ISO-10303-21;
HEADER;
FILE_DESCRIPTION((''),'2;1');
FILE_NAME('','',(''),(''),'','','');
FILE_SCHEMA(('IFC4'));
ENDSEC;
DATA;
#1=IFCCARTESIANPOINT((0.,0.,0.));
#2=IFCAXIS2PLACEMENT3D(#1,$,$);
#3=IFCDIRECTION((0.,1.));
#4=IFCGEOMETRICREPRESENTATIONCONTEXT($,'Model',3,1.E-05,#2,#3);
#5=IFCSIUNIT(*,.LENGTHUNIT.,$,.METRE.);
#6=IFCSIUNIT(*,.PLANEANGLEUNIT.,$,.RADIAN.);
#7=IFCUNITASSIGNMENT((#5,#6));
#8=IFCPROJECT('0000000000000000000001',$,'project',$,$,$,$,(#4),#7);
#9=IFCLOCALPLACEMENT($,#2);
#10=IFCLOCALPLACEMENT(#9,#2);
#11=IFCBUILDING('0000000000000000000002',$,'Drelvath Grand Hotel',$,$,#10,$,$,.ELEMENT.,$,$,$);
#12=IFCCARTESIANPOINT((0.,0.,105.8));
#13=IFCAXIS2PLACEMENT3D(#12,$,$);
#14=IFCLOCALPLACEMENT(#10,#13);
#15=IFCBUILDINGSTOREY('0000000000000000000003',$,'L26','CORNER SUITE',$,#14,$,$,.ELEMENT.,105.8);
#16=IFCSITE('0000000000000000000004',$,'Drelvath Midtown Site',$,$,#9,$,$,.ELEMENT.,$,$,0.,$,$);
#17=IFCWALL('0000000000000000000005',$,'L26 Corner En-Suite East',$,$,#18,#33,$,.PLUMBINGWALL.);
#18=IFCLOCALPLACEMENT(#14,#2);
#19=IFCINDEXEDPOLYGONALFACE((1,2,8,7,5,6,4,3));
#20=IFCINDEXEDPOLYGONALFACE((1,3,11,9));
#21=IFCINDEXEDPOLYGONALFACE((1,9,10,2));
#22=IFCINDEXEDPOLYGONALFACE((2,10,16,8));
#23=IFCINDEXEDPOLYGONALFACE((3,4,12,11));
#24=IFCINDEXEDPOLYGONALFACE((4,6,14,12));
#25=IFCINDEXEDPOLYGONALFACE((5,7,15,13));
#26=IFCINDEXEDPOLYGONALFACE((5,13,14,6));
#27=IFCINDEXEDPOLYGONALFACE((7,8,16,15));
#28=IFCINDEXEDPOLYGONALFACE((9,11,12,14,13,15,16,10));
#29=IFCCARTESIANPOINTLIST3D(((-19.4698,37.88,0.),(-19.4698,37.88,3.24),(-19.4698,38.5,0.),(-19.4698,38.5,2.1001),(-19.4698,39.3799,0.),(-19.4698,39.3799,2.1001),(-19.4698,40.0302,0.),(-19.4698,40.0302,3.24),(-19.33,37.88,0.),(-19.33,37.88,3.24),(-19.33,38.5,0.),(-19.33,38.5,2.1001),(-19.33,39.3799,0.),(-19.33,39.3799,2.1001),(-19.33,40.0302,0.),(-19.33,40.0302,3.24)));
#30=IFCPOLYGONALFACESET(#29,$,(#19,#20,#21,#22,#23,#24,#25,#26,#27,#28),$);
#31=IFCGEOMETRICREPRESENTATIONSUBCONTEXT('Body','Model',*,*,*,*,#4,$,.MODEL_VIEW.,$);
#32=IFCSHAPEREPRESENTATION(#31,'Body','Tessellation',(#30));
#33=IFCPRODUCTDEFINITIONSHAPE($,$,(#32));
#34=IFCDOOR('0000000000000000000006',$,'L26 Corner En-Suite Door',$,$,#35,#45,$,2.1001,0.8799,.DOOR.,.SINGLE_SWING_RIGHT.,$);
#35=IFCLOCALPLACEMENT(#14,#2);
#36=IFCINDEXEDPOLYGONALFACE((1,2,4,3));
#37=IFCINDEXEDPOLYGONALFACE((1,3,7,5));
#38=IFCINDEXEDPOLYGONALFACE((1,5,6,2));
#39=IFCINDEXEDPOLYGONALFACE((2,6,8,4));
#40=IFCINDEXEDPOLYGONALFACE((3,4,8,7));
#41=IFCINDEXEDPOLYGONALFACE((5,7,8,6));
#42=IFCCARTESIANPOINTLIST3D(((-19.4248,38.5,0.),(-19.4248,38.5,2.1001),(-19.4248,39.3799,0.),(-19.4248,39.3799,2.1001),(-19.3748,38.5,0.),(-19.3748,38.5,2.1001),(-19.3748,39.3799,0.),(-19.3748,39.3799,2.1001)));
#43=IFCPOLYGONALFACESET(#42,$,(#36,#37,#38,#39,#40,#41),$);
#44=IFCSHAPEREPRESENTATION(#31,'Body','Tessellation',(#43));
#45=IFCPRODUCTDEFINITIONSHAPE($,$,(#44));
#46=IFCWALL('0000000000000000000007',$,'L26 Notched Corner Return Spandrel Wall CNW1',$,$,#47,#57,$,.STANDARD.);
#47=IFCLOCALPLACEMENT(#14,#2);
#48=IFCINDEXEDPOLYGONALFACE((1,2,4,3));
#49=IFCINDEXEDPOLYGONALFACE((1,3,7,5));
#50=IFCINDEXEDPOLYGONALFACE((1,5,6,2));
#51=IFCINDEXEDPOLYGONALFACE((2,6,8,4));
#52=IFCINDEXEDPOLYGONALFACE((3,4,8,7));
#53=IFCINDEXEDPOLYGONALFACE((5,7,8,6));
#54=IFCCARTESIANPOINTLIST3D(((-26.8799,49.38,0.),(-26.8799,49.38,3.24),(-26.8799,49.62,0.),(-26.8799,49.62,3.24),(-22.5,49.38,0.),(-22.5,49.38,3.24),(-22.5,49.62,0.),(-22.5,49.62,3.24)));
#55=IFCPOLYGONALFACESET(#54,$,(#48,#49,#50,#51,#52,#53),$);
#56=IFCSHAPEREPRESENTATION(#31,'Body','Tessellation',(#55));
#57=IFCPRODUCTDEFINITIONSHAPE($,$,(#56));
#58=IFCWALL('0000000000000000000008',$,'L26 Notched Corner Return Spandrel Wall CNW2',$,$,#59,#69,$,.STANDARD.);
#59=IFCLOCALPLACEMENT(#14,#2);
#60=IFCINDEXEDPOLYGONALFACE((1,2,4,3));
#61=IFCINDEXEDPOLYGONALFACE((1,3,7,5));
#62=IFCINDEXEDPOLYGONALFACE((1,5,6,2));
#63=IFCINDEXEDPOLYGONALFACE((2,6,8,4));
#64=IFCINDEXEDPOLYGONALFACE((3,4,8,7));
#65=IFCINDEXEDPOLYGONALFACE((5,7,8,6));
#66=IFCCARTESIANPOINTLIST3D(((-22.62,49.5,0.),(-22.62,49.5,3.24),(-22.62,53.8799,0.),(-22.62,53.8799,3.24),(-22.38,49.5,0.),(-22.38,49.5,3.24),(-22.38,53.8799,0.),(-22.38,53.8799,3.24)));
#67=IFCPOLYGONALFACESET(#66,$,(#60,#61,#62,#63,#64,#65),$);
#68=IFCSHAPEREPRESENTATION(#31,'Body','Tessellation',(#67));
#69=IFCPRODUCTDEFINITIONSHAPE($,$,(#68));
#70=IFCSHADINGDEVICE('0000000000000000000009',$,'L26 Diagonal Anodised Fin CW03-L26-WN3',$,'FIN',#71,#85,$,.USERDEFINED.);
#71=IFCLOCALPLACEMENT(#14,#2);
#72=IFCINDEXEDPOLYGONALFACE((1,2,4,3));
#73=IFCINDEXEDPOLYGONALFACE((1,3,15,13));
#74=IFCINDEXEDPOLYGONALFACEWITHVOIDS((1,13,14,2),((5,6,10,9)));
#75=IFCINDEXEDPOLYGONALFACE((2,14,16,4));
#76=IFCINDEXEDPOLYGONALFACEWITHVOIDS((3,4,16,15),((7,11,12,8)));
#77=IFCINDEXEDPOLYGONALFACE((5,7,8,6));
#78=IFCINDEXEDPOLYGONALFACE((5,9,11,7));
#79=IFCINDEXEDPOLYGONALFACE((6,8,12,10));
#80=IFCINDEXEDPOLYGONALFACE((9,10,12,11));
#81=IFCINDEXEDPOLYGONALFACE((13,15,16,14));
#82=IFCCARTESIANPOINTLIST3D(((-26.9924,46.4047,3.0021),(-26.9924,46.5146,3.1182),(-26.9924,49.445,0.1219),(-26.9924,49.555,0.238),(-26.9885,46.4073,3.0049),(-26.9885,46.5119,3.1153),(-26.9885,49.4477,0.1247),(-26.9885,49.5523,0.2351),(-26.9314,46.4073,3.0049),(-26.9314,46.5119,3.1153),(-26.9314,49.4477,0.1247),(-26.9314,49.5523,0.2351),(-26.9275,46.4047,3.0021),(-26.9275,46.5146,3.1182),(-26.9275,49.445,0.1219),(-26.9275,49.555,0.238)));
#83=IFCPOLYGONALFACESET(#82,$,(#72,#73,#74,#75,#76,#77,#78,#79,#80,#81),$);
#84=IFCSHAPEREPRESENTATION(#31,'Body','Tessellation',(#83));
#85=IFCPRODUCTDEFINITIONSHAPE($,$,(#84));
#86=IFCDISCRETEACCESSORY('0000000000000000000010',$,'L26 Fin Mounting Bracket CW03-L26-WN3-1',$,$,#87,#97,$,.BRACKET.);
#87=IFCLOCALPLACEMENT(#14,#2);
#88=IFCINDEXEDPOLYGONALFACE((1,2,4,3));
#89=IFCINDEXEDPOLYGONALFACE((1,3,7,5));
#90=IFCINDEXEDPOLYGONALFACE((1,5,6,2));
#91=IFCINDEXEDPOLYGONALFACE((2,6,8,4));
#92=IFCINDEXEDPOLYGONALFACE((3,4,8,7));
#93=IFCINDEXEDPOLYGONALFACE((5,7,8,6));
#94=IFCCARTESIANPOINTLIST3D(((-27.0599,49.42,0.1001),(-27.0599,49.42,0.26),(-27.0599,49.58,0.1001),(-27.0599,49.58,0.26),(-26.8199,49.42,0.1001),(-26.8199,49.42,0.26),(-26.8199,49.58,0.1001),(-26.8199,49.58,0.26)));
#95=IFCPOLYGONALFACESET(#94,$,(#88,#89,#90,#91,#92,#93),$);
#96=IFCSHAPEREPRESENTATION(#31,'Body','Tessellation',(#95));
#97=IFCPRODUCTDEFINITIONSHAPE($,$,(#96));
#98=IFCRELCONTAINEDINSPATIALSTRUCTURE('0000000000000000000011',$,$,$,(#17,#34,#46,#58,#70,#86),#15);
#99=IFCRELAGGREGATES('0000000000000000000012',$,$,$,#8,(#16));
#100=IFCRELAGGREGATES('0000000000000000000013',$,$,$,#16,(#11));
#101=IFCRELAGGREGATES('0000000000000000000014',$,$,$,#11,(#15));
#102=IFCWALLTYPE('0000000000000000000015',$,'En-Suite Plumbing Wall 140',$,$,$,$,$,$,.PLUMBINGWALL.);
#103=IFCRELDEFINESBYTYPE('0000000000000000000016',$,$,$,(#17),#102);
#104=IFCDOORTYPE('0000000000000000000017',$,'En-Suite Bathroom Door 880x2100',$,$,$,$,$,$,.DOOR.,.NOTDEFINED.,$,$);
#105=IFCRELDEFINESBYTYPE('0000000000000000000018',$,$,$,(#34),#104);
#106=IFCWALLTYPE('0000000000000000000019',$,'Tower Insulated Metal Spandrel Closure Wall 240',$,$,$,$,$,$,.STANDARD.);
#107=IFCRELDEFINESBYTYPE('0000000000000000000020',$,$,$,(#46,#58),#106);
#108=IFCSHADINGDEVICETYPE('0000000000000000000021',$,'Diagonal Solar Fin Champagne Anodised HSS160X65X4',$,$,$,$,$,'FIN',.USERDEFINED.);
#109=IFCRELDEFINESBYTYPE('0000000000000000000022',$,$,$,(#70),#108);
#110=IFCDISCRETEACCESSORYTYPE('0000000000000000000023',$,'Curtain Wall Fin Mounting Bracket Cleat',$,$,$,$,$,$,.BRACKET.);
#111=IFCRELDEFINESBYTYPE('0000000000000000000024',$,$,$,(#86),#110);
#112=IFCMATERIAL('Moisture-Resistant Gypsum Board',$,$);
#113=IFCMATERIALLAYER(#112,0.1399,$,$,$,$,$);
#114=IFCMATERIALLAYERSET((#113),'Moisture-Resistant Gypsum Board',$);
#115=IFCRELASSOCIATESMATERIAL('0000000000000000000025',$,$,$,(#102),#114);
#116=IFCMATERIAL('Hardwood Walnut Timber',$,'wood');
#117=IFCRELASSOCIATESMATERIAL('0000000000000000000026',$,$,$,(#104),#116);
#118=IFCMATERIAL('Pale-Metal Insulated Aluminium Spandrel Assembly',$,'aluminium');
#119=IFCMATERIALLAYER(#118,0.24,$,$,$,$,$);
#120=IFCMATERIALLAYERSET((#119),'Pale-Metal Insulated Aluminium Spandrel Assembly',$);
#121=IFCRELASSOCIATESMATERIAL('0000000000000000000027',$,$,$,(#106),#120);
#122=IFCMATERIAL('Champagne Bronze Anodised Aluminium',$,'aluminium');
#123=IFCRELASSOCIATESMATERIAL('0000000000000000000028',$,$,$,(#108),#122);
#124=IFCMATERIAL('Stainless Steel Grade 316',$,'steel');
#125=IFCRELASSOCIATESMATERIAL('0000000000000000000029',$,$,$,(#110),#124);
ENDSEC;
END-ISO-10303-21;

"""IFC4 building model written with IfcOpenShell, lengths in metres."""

from ifc_helpers import new_model, si_unit, direction, frame, frame_2d, origin, origin_2d, place, context, subcontext, project, spatial, rectangle, hollow_rectangle, extrude, material, layer, layer_set, material_profile, profile_set, type_object, element, fill, save


model = new_model("IFC4")

# Units and contexts
model_context = context("Model", 3, precision=1e-05, world=origin(), true_north=direction((0.0, 1.0)))
body_context = subcontext(model_context, "Body", "Model", "MODEL_VIEW")
ifc_project = project(units=[si_unit("LENGTHUNIT", "METRE"), si_unit("PLANEANGLEUNIT", "RADIAN")], contexts=[model_context])

# Site, building, storey
site_placement = place(None, origin())
site = spatial("IfcSite", under=ifc_project, at=site_placement, Name="Drelvath Midtown Site", CompositionType="ELEMENT", RefElevation=0.0)
building_placement = place(site_placement, origin())
building = spatial("IfcBuilding", under=site, at=building_placement, Name="Drelvath Grand Hotel", CompositionType="ELEMENT")
storey_placement = place(building_placement, frame((0.0, 0.0, 105.8)))
storey = spatial("IfcBuildingStorey", under=building, at=storey_placement, Name="L26", Description="CORNER SUITE", CompositionType="ELEMENT", Elevation=105.8)

# Shared definitions
ifc_material_1 = material(Name="Moisture-Resistant Gypsum Board")
ifc_layer_1 = layer(ifc_material_1, 0.1399)
ifc_layer_set_1 = layer_set([ifc_layer_1], Name="Moisture-Resistant Gypsum Board")
wall_type_1 = type_object("IfcWallType", Name="En-Suite Plumbing Wall 140", PredefinedType="PLUMBINGWALL", material=ifc_layer_set_1)

# Wall, opening, door
wall_1_placement = place(storey_placement, frame((-19.3999, 37.8799, 0.0), z_axis=(0.0, 0.0, 1.0), x_axis=(0.0, 1.0, 0.0)))
wall_1 = element("IfcWall", 1, at=wall_1_placement, inside=storey, type_object=wall_type_1, Name="L26 Corner En-Suite East", PredefinedType="PLUMBINGWALL", context=body_context, shape_type="SweptSolid", body=[
    extrude(rectangle(XDim=2.1501, YDim=0.1399, at=frame_2d((1.0752, 0.0))), origin(), (0.0, 0.0, 1.0), 3.24),
])
opening_placement = place(wall_1_placement, frame((0.6201, 0.0, 0.0)))
opening = element("IfcOpeningElement", 2, at=opening_placement, cuts=wall_1, PredefinedType="OPENING", context=body_context, shape_type="SweptSolid", body=[
    extrude(rectangle(XDim=0.8799, YDim=2.1001, at=frame_2d((0.4399, 1.05))), frame((0.0, 0.0798, 0.0), z_axis=(0.0, -1.0, 0.0), x_axis=(1.0, 0.0, 0.0)), (0.0, 0.0, 1.0), 0.1599),
])
ifc_material_2 = material(Name="Hardwood Walnut Timber", Category="wood")
door_type = type_object("IfcDoorType", Name="En-Suite Bathroom Door 880x2100", OperationType="NOTDEFINED", PredefinedType="DOOR", material=ifc_material_2)
door_placement = place(opening_placement, origin())
door = element("IfcDoor", 3, at=door_placement, inside=storey, type_object=door_type, Name="L26 Corner En-Suite Door", OperationType="SINGLE_SWING_RIGHT", OverallHeight=2.1001, OverallWidth=0.8799, PredefinedType="DOOR", context=body_context, shape_type="SweptSolid", body=[
    extrude(rectangle(XDim=0.8799, YDim=2.1001, at=frame_2d((0.4399, 1.05))), frame((0.0, 0.0249, 0.0), z_axis=(0.0, -1.0, 0.0), x_axis=(1.0, 0.0, 0.0)), (0.0, 0.0, 1.0), 0.05),
])
fill(opening, door)

# Walls
ifc_material_3 = material(Name="Pale-Metal Insulated Aluminium Spandrel Assembly", Category="aluminium")
ifc_layer_2 = layer(ifc_material_3, 0.24)
ifc_layer_set_2 = layer_set([ifc_layer_2], Name="Pale-Metal Insulated Aluminium Spandrel Assembly")
wall_type_2 = type_object("IfcWallType", Name="Tower Insulated Metal Spandrel Closure Wall 240", PredefinedType="STANDARD", material=ifc_layer_set_2)
for number, where, z_axis, x_axis, name in (
    (4, (-26.8799, 49.5, 0.0), (0.0, 0.0, 1.0), (1.0, 0.0, 0.0), "L26 Notched Corner Return Spandrel Wall CNW1"),
    (5, (-22.5, 49.5, 0.0), (0.0, 0.0, 1.0), (0.0, 1.0, 0.0), "L26 Notched Corner Return Spandrel Wall CNW2"),
):
    element("IfcWall", number, at=place(storey_placement, frame(where, z_axis=z_axis, x_axis=x_axis)), inside=storey, type_object=wall_type_2, Name=name, PredefinedType="STANDARD", context=body_context, shape_type="SweptSolid", body=[
        extrude(rectangle(XDim=4.3799, YDim=0.24, at=frame_2d((2.1899, 0.0))), origin(), (0.0, 0.0, 1.0), 3.24),
    ])

# Shading device
ifc_material_4 = material(Name="Champagne Bronze Anodised Aluminium", Category="aluminium")
ifc_material_profile_1 = material_profile(ifc_material_4, hollow_rectangle(XDim=0.0649, YDim=0.1599, WallThickness=0.0039, at=origin_2d()), Name="HSS160X65X4")
ifc_profile_set_1 = profile_set([ifc_material_profile_1], Name="Champagne Bronze Anodised Aluminium")
shading_device_type = type_object("IfcShadingDeviceType", Name="Diagonal Solar Fin Champagne Anodised HSS160X65X4", ElementType="FIN", PredefinedType="USERDEFINED", material=ifc_profile_set_1)
shading_device_placement = place(storey_placement, frame((-26.96, 49.5, 0.1799), z_axis=(0.0, -0.72597, 0.687727), x_axis=(1.0, 0.0, 0.0)))
element("IfcShadingDevice", 6, at=shading_device_placement, inside=storey, type_object=shading_device_type, Name="L26 Diagonal Anodised Fin CW03-L26-WN3", ObjectType="FIN", PredefinedType="USERDEFINED", context=body_context, shape_type="SweptSolid", body=[
    extrude(hollow_rectangle(XDim=0.0649, YDim=0.1599, WallThickness=0.0039, at=origin_2d()), origin(), (0.0, 0.0, 1.0), 4.188),
])

# Discrete accessory
ifc_material_5 = material(Name="Stainless Steel Grade 316", Category="steel")
discrete_accessory_type = type_object("IfcDiscreteAccessoryType", Name="Curtain Wall Fin Mounting Bracket Cleat", PredefinedType="BRACKET", material=ifc_material_5)
discrete_accessory_placement = place(storey_placement, frame((-26.9399, 49.5, 0.1001), z_axis=(0.0, 0.0, 1.0), x_axis=(0.0, 1.0, 0.0)))
element("IfcDiscreteAccessory", 7, at=discrete_accessory_placement, inside=storey, type_object=discrete_accessory_type, Name="L26 Fin Mounting Bracket CW03-L26-WN3-1", PredefinedType="BRACKET", context=body_context, shape_type="SweptSolid", body=[
    extrude(rectangle(XDim=0.1599, YDim=0.24, at=origin_2d()), origin(), (0.0, 0.0, 1.0), 0.1599),
])

save(model, "model.ifc")
